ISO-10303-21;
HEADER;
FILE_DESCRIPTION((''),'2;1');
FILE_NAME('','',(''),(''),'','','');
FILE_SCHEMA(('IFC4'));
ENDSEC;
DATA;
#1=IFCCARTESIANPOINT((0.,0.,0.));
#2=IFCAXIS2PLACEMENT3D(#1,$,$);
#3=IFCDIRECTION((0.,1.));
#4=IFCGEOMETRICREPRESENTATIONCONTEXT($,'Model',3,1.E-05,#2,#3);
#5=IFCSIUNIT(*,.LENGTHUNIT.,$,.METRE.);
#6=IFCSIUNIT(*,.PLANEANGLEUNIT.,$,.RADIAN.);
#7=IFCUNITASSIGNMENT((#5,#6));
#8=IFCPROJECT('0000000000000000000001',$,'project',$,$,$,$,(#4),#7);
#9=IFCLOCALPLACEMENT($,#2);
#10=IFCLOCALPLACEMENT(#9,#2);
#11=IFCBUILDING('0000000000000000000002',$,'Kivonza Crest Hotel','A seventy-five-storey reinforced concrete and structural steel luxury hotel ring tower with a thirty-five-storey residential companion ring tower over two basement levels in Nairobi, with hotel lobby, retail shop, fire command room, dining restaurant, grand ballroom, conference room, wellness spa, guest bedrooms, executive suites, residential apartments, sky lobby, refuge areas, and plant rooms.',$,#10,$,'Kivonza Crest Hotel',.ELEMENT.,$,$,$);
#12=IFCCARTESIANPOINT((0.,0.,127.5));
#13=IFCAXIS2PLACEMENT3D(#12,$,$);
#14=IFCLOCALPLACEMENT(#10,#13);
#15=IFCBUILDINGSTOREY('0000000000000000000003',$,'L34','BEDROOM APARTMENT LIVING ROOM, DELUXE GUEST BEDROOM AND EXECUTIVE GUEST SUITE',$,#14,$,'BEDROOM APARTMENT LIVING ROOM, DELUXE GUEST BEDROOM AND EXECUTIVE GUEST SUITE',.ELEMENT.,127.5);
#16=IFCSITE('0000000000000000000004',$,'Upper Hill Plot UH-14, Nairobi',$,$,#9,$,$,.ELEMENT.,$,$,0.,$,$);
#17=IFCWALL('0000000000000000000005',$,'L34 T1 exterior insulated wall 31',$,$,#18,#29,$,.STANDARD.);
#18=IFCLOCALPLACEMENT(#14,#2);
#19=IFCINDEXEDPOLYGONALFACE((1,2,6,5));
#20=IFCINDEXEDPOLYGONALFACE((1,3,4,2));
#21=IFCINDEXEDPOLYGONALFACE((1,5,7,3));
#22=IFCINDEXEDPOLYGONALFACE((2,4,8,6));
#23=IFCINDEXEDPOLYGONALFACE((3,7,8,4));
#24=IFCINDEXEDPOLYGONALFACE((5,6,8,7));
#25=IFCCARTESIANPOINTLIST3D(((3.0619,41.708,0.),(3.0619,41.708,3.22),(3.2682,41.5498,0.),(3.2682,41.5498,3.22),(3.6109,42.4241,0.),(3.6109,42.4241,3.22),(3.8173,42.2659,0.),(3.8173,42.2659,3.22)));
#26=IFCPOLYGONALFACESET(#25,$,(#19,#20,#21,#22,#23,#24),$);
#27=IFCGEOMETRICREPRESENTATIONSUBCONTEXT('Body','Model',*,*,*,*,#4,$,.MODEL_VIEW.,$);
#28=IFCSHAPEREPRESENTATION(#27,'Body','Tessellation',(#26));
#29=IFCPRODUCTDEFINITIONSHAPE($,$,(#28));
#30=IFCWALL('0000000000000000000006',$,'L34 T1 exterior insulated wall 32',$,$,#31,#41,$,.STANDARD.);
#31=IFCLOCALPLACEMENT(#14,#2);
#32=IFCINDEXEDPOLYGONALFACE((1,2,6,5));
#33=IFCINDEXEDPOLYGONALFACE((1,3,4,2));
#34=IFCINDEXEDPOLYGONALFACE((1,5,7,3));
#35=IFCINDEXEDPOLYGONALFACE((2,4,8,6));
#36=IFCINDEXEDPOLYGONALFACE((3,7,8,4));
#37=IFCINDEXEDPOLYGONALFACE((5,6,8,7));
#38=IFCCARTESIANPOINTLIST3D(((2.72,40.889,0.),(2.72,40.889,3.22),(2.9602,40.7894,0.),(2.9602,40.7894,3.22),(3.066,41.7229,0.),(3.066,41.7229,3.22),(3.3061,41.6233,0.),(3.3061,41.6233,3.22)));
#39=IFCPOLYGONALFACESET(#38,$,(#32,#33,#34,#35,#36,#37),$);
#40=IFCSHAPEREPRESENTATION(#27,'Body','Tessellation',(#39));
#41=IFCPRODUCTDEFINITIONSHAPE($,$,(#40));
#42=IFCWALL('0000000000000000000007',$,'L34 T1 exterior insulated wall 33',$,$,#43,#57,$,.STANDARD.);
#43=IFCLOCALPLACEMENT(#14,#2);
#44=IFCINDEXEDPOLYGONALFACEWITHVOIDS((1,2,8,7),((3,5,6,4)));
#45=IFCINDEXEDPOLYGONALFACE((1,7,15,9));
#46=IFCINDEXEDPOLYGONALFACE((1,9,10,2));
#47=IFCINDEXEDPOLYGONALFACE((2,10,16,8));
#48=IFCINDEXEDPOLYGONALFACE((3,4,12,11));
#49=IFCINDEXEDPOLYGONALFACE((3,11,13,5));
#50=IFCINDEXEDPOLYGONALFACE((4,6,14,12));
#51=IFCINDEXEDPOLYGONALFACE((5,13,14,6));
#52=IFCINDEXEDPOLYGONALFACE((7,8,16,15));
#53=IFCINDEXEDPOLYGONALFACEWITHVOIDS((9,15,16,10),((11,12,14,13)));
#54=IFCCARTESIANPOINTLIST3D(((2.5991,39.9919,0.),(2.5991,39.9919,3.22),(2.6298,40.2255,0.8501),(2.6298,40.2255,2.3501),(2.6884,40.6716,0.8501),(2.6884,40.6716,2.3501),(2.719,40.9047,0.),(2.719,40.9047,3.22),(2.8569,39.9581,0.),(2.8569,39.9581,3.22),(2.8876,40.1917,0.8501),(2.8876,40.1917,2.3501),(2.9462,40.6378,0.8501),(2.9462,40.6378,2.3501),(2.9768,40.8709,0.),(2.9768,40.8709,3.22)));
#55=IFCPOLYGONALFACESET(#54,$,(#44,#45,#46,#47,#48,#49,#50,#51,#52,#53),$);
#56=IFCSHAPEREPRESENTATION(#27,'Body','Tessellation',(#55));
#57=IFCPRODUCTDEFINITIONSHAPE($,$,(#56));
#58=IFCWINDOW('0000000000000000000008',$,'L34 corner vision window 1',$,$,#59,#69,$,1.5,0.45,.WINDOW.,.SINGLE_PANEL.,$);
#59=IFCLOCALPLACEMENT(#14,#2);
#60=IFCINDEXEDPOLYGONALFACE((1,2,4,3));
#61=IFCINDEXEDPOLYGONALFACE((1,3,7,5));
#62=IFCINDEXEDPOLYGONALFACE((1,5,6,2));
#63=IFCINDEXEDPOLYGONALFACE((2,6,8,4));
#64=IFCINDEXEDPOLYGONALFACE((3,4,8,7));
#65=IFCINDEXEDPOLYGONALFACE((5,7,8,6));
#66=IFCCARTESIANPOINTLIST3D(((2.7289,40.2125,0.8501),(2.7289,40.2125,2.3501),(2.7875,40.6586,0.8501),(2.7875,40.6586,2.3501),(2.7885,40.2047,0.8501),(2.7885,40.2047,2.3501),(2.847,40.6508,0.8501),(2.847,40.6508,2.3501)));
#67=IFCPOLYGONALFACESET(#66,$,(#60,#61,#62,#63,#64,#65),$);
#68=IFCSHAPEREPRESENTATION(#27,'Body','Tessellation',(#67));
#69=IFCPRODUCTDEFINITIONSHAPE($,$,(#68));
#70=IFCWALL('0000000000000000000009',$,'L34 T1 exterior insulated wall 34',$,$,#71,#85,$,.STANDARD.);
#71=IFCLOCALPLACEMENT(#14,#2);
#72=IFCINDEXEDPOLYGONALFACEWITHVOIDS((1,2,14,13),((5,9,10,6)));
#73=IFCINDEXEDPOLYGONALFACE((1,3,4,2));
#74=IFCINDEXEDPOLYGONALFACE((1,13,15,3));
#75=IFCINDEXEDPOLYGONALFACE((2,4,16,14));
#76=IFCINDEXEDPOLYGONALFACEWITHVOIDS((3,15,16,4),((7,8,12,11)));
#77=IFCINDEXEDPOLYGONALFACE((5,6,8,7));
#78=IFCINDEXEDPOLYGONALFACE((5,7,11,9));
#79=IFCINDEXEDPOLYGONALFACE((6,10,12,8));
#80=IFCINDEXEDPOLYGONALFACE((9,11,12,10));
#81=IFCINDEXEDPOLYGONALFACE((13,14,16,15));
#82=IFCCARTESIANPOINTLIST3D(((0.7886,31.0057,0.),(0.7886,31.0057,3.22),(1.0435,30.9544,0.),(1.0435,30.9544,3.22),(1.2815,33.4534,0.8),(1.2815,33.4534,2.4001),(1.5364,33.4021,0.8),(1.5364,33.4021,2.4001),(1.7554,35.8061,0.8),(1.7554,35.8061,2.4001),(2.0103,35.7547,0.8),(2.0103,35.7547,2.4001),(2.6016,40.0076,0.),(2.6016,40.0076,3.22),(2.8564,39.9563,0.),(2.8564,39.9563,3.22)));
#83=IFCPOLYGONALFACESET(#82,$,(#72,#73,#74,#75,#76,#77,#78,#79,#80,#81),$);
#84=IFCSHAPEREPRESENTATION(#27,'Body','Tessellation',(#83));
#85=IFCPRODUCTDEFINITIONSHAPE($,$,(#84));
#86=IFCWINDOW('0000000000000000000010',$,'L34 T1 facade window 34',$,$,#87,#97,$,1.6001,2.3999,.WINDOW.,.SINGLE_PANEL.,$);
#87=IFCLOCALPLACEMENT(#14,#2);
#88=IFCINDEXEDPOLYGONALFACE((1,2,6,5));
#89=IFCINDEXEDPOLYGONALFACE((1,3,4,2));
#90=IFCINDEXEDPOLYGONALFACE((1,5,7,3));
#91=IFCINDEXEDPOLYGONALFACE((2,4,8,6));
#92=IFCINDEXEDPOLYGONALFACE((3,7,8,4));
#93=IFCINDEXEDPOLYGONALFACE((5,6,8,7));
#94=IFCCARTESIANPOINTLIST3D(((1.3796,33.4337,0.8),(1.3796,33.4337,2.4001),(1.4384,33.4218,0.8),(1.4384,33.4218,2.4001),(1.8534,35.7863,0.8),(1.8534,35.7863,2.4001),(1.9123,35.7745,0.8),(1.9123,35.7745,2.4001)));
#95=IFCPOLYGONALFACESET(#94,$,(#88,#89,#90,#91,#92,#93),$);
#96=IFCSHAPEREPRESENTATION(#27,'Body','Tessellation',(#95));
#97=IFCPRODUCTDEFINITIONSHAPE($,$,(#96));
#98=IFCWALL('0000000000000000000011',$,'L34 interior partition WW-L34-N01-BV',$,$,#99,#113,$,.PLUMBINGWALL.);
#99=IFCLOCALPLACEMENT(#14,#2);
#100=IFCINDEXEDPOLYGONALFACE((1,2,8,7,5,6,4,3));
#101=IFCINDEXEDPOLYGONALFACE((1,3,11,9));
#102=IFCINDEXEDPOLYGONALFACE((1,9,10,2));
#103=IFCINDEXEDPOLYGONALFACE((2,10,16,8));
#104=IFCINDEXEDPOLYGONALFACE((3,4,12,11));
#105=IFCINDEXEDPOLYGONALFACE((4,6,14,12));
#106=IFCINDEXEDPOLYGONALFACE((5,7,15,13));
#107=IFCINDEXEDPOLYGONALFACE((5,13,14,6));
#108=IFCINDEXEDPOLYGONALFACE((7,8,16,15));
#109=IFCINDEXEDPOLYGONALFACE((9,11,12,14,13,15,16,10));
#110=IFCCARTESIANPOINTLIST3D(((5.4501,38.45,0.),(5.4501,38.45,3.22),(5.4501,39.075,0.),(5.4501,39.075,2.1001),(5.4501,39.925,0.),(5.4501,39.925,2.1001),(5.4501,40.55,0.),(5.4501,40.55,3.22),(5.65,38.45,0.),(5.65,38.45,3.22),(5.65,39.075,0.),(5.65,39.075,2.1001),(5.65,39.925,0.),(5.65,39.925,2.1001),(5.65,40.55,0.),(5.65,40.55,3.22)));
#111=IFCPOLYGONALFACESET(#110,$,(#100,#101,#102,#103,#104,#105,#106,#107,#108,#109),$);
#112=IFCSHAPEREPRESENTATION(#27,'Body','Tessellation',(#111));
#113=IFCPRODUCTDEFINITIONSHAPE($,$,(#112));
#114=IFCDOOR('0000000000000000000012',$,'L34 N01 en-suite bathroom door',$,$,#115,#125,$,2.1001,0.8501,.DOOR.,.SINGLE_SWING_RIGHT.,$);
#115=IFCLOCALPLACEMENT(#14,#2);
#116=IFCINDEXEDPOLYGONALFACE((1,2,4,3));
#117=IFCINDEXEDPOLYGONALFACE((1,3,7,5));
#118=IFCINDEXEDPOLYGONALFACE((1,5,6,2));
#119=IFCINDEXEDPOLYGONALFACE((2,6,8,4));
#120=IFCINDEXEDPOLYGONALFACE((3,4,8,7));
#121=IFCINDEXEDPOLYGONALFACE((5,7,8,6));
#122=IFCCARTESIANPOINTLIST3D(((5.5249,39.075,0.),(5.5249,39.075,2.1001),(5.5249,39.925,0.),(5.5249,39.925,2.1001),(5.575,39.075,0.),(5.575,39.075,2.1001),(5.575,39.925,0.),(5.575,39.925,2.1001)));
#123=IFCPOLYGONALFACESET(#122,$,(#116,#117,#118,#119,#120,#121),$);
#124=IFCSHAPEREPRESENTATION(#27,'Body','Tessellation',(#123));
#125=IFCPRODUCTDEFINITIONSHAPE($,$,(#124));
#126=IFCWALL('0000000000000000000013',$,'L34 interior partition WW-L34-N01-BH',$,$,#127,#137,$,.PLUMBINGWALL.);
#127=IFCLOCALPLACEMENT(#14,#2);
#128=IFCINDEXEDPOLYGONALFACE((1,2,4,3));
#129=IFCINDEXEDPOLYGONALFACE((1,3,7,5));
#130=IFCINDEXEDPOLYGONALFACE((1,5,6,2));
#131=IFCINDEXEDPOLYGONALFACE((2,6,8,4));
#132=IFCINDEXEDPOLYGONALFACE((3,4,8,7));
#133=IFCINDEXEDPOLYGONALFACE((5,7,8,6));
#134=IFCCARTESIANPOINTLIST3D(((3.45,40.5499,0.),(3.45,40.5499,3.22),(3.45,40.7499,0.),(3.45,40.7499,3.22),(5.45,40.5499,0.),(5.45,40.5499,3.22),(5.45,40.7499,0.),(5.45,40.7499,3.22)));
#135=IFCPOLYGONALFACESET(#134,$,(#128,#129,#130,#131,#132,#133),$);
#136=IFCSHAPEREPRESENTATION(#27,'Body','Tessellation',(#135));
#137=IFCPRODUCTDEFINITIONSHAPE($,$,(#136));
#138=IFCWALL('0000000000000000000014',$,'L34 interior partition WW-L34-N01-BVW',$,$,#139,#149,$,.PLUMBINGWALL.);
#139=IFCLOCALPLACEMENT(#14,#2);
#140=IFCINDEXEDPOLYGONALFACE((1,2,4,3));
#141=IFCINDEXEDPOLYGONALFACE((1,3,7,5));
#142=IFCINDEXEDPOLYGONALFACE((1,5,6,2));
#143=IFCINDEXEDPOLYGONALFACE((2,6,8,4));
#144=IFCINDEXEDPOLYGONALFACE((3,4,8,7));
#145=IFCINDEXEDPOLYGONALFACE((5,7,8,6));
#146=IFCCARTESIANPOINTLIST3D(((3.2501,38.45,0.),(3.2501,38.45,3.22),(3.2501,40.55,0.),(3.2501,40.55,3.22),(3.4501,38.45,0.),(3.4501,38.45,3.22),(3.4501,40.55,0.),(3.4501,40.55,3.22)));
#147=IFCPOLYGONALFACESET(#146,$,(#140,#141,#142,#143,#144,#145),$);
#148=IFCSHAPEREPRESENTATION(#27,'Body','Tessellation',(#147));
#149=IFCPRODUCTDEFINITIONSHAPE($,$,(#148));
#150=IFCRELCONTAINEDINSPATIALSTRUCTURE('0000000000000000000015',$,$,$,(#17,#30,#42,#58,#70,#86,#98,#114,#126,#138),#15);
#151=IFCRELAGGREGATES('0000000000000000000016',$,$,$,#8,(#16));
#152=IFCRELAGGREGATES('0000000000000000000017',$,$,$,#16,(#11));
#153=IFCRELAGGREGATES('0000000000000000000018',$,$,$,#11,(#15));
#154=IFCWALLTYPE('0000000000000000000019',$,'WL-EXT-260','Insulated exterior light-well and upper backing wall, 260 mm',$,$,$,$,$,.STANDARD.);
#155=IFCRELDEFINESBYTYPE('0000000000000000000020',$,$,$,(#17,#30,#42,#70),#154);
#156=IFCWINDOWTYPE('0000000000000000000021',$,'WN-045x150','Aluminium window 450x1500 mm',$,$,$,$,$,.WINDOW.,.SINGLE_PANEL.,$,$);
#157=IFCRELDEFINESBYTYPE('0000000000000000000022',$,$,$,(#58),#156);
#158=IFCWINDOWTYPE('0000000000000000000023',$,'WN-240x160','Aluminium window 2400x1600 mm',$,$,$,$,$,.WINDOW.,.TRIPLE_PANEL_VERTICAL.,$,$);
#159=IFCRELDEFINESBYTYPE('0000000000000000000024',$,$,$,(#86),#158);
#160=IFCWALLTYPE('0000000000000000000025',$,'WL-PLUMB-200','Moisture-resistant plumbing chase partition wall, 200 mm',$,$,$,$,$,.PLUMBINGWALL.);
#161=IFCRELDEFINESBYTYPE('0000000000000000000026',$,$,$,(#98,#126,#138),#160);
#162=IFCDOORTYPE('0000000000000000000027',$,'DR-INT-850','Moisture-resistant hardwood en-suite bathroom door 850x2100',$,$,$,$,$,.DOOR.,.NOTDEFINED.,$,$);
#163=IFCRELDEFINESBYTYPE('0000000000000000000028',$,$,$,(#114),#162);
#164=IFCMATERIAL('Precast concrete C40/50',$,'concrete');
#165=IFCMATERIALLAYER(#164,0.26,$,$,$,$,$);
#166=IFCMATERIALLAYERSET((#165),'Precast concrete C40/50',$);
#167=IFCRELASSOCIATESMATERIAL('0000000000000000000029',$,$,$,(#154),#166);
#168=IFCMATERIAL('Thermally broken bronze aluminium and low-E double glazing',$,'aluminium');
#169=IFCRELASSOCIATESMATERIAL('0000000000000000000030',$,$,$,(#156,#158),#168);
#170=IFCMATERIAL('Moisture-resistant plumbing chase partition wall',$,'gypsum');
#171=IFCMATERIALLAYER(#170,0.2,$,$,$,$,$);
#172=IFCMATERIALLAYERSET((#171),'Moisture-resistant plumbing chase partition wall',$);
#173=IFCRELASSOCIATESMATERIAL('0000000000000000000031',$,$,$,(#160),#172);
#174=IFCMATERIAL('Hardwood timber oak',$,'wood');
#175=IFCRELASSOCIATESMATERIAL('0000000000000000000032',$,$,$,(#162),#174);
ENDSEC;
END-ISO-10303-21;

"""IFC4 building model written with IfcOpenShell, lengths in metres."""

from ifc_helpers import new_model, si_unit, direction, frame, frame_2d, origin, place, context, subcontext, project, spatial, rectangle, extrude, material, layer, layer_set, type_object, element, fill, save


model = new_model("IFC4")

# Units and contexts
model_context = context("Model", 3, precision=1e-05, world=origin(), true_north=direction((0.0, 1.0)))
body_context = subcontext(model_context, "Body", "Model", "MODEL_VIEW")
ifc_project = project(units=[si_unit("LENGTHUNIT", "METRE"), si_unit("PLANEANGLEUNIT", "RADIAN")], contexts=[model_context])

# Site, building, storey
site_placement = place(None, origin())
site = spatial("IfcSite", under=ifc_project, at=site_placement, Name="Upper Hill Plot UH-14, Nairobi", CompositionType="ELEMENT", RefElevation=0.0)
building_placement = place(site_placement, origin())
building = spatial("IfcBuilding", under=site, at=building_placement, Name="Kivonza Crest Hotel", Description="A seventy-five-storey reinforced concrete and structural steel luxury hotel ring tower with a thirty-five-storey residential companion ring tower over two basement levels in Nairobi, with hotel lobby, retail shop, fire command room, dining restaurant, grand ballroom, conference room, wellness spa, guest bedrooms, executive suites, residential apartments, sky lobby, refuge areas, and plant rooms.", LongName="Kivonza Crest Hotel", CompositionType="ELEMENT")
storey_placement = place(building_placement, frame((0.0, 0.0, 127.5)))
storey = spatial("IfcBuildingStorey", under=building, at=storey_placement, Name="L34", Description="BEDROOM APARTMENT LIVING ROOM, DELUXE GUEST BEDROOM AND EXECUTIVE GUEST SUITE", LongName="BEDROOM APARTMENT LIVING ROOM, DELUXE GUEST BEDROOM AND EXECUTIVE GUEST SUITE", CompositionType="ELEMENT", Elevation=127.5)

# Shared definitions
ifc_material_1 = material(Name="Hardwood timber oak", Category="wood")

# Walls
ifc_material_2 = material(Name="Precast concrete C40/50", Category="concrete")
ifc_layer_1 = layer(ifc_material_2, 0.26)
ifc_layer_set_1 = layer_set([ifc_layer_1], Name="Precast concrete C40/50")
wall_type_1 = type_object("IfcWallType", Name="WL-EXT-260", Description="Insulated exterior light-well and upper backing wall, 260 mm", PredefinedType="STANDARD", material=ifc_layer_set_1)
wall_1_placement = place(storey_placement, frame((3.7141, 42.345, 0.0), z_axis=(0.0, 0.0, 1.0), x_axis=(-0.608494, -0.793558, 0.0)))
element("IfcWall", 1, at=wall_1_placement, inside=storey, type_object=wall_type_1, Name="L34 T1 exterior insulated wall 31", PredefinedType="STANDARD", context=body_context, shape_type="SweptSolid", body=[
    extrude(rectangle(XDim=0.9023, YDim=0.26, at=frame_2d((0.4512, 0.0))), origin(), (0.0, 0.0, 1.0), 3.22),
])
wall_2_placement = place(storey_placement, frame((3.186, 41.6731, 0.0), z_axis=(0.0, 0.0, 1.0), x_axis=(-0.383156, -0.923684, 0.0)))
element("IfcWall", 2, at=wall_2_placement, inside=storey, type_object=wall_type_1, Name="L34 T1 exterior insulated wall 32", PredefinedType="STANDARD", context=body_context, shape_type="SweptSolid", body=[
    extrude(rectangle(XDim=0.9028, YDim=0.26, at=frame_2d((0.4514, 0.0))), origin(), (0.0, 0.0, 1.0), 3.22),
])

# Walls, openings, windows
wall_3_placement = place(storey_placement, frame((2.8479, 40.8879, 0.0), z_axis=(0.0, 0.0, 1.0), x_axis=(-0.130201, -0.991488, 0.0)))
wall_3 = element("IfcWall", 3, at=wall_3_placement, inside=storey, type_object=wall_type_1, Name="L34 T1 exterior insulated wall 33", PredefinedType="STANDARD", context=body_context, shape_type="SweptSolid", body=[
    extrude(rectangle(XDim=0.9207, YDim=0.26, at=frame_2d((0.4604, 0.0))), origin(), (0.0, 0.0, 1.0), 3.22),
])
opening_1_placement = place(wall_3_placement, frame((0.2351, 0.0, 0.8501)))
opening_1 = element("IfcOpeningElement", 4, at=opening_1_placement, cuts=wall_3, PredefinedType="OPENING", context=body_context, shape_type="SweptSolid", body=[
    extrude(rectangle(XDim=0.45, YDim=1.5, at=frame_2d((0.2251, 0.75))), frame((0.0, 0.1401, 0.0), z_axis=(0.0, -1.0, 0.0), x_axis=(1.0, 0.0, 0.0)), (0.0, 0.0, 1.0), 0.28),
])
ifc_material_3 = material(Name="Thermally broken bronze aluminium and low-E double glazing", Category="aluminium")
window_type_1 = type_object("IfcWindowType", Name="WN-045x150", Description="Aluminium window 450x1500 mm", PartitioningType="SINGLE_PANEL", PredefinedType="WINDOW", material=ifc_material_3)
window_1_placement = place(opening_1_placement, origin())
window_1 = element("IfcWindow", 5, at=window_1_placement, inside=storey, type_object=window_type_1, Name="L34 corner vision window 1", OverallHeight=1.5, OverallWidth=0.45, PartitioningType="SINGLE_PANEL", PredefinedType="WINDOW", context=body_context, shape_type="SweptSolid", body=[
    extrude(rectangle(XDim=0.45, YDim=1.5, at=frame_2d((0.2251, 0.75))), frame((0.0, 0.03, 0.0), z_axis=(0.0, -1.0, 0.0), x_axis=(1.0, 0.0, 0.0)), (0.0, 0.0, 1.0), 0.0601),
])
fill(opening_1, window_1)
wall_4_placement = place(storey_placement, frame((2.729, 39.9819, 0.0), z_axis=(0.0, 0.0, 1.0), x_axis=(-0.197435, -0.980316, 0.0)))
wall_4 = element("IfcWall", 6, at=wall_4_placement, inside=storey, type_object=wall_type_1, Name="L34 T1 exterior insulated wall 34", PredefinedType="STANDARD", context=body_context, shape_type="SweptSolid", body=[
    extrude(rectangle(XDim=9.1826, YDim=0.26, at=frame_2d((4.5913, 0.0))), origin(), (0.0, 0.0, 1.0), 3.22),
])
opening_2_placement = place(wall_4_placement, frame((4.2859, 0.0, 0.8)))
opening_2 = element("IfcOpeningElement", 7, at=opening_2_placement, cuts=wall_4, PredefinedType="OPENING", context=body_context, shape_type="SweptSolid", body=[
    extrude(rectangle(XDim=2.3999, YDim=1.6001, at=frame_2d((1.2, 0.8))), frame((0.0, 0.1401, 0.0), z_axis=(0.0, -1.0, 0.0), x_axis=(1.0, 0.0, 0.0)), (0.0, 0.0, 1.0), 0.28),
])
window_type_2 = type_object("IfcWindowType", Name="WN-240x160", Description="Aluminium window 2400x1600 mm", PartitioningType="TRIPLE_PANEL_VERTICAL", PredefinedType="WINDOW", material=ifc_material_3)
window_2_placement = place(opening_2_placement, origin())
window_2 = element("IfcWindow", 8, at=window_2_placement, inside=storey, type_object=window_type_2, Name="L34 T1 facade window 34", OverallHeight=1.6001, OverallWidth=2.3999, PartitioningType="SINGLE_PANEL", PredefinedType="WINDOW", context=body_context, shape_type="SweptSolid", body=[
    extrude(rectangle(XDim=2.3999, YDim=1.6001, at=frame_2d((1.2, 0.8))), frame((0.0, 0.03, 0.0), z_axis=(0.0, -1.0, 0.0), x_axis=(1.0, 0.0, 0.0)), (0.0, 0.0, 1.0), 0.0601),
])
fill(opening_2, window_2)

# Wall, opening, door
ifc_material_4 = material(Name="Moisture-resistant plumbing chase partition wall", Category="gypsum")
ifc_layer_2 = layer(ifc_material_4, 0.2)
ifc_layer_set_2 = layer_set([ifc_layer_2], Name="Moisture-resistant plumbing chase partition wall")
wall_type_2 = type_object("IfcWallType", Name="WL-PLUMB-200", Description="Moisture-resistant plumbing chase partition wall, 200 mm", PredefinedType="PLUMBINGWALL", material=ifc_layer_set_2)
wall_5_placement = place(storey_placement, frame((5.55, 38.45, 0.0), z_axis=(0.0, 0.0, 1.0), x_axis=(0.0, 1.0, 0.0)))
wall_5 = element("IfcWall", 9, at=wall_5_placement, inside=storey, type_object=wall_type_2, Name="L34 interior partition WW-L34-N01-BV", PredefinedType="PLUMBINGWALL", context=body_context, shape_type="SweptSolid", body=[
    extrude(rectangle(XDim=2.1001, YDim=0.2, at=frame_2d((1.05, 0.0))), origin(), (0.0, 0.0, 1.0), 3.22),
])
opening_3_placement = place(wall_5_placement, frame((0.625, 0.0, 0.0)))
opening_3 = element("IfcOpeningElement", 10, at=opening_3_placement, cuts=wall_5, PredefinedType="OPENING", context=body_context, shape_type="SweptSolid", body=[
    extrude(rectangle(XDim=0.8501, YDim=2.1001, at=frame_2d((0.425, 1.05))), frame((0.0, 0.1099, 0.0), z_axis=(0.0, -1.0, 0.0), x_axis=(1.0, 0.0, 0.0)), (0.0, 0.0, 1.0), 0.22),
])
door_type_1 = type_object("IfcDoorType", Name="DR-INT-850", Description="Moisture-resistant hardwood en-suite bathroom door 850x2100", OperationType="NOTDEFINED", PredefinedType="DOOR", material=ifc_material_1)
door_1_placement = place(opening_3_placement, frame((0.8501, 0.0, 0.0), z_axis=(0.0, 0.0, 1.0), x_axis=(-1.0, 0.0, 0.0)))
door_1 = element("IfcDoor", 11, at=door_1_placement, inside=storey, type_object=door_type_1, Name="L34 N01 en-suite bathroom door", OperationType="SINGLE_SWING_RIGHT", OverallHeight=2.1001, OverallWidth=0.8501, PredefinedType="DOOR", context=body_context, shape_type="SweptSolid", body=[
    extrude(rectangle(XDim=0.8501, YDim=2.1001, at=frame_2d((0.425, 1.05))), frame((0.0, 0.0249, 0.0), z_axis=(0.0, -1.0, 0.0), x_axis=(1.0, 0.0, 0.0)), (0.0, 0.0, 1.0), 0.05),
])
fill(opening_3, door_1)

# Walls
wall_6_placement = place(storey_placement, frame((3.45, 40.6499, 0.0), z_axis=(0.0, 0.0, 1.0), x_axis=(1.0, 0.0, 0.0)))
element("IfcWall", 12, at=wall_6_placement, inside=storey, type_object=wall_type_2, Name="L34 interior partition WW-L34-N01-BH", PredefinedType="PLUMBINGWALL", context=body_context, shape_type="SweptSolid", body=[
    extrude(rectangle(XDim=2.0, YDim=0.2, at=frame_2d((1.0, 0.0))), origin(), (0.0, 0.0, 1.0), 3.22),
])
wall_7_placement = place(storey_placement, frame((3.3501, 38.45, 0.0), z_axis=(0.0, 0.0, 1.0), x_axis=(0.0, 1.0, 0.0)))
element("IfcWall", 13, at=wall_7_placement, inside=storey, type_object=wall_type_2, Name="L34 interior partition WW-L34-N01-BVW", PredefinedType="PLUMBINGWALL", context=body_context, shape_type="SweptSolid", body=[
    extrude(rectangle(XDim=2.1001, YDim=0.2, at=frame_2d((1.05, 0.0))), origin(), (0.0, 0.0, 1.0), 3.22),
])

save(model, "model.ifc")
